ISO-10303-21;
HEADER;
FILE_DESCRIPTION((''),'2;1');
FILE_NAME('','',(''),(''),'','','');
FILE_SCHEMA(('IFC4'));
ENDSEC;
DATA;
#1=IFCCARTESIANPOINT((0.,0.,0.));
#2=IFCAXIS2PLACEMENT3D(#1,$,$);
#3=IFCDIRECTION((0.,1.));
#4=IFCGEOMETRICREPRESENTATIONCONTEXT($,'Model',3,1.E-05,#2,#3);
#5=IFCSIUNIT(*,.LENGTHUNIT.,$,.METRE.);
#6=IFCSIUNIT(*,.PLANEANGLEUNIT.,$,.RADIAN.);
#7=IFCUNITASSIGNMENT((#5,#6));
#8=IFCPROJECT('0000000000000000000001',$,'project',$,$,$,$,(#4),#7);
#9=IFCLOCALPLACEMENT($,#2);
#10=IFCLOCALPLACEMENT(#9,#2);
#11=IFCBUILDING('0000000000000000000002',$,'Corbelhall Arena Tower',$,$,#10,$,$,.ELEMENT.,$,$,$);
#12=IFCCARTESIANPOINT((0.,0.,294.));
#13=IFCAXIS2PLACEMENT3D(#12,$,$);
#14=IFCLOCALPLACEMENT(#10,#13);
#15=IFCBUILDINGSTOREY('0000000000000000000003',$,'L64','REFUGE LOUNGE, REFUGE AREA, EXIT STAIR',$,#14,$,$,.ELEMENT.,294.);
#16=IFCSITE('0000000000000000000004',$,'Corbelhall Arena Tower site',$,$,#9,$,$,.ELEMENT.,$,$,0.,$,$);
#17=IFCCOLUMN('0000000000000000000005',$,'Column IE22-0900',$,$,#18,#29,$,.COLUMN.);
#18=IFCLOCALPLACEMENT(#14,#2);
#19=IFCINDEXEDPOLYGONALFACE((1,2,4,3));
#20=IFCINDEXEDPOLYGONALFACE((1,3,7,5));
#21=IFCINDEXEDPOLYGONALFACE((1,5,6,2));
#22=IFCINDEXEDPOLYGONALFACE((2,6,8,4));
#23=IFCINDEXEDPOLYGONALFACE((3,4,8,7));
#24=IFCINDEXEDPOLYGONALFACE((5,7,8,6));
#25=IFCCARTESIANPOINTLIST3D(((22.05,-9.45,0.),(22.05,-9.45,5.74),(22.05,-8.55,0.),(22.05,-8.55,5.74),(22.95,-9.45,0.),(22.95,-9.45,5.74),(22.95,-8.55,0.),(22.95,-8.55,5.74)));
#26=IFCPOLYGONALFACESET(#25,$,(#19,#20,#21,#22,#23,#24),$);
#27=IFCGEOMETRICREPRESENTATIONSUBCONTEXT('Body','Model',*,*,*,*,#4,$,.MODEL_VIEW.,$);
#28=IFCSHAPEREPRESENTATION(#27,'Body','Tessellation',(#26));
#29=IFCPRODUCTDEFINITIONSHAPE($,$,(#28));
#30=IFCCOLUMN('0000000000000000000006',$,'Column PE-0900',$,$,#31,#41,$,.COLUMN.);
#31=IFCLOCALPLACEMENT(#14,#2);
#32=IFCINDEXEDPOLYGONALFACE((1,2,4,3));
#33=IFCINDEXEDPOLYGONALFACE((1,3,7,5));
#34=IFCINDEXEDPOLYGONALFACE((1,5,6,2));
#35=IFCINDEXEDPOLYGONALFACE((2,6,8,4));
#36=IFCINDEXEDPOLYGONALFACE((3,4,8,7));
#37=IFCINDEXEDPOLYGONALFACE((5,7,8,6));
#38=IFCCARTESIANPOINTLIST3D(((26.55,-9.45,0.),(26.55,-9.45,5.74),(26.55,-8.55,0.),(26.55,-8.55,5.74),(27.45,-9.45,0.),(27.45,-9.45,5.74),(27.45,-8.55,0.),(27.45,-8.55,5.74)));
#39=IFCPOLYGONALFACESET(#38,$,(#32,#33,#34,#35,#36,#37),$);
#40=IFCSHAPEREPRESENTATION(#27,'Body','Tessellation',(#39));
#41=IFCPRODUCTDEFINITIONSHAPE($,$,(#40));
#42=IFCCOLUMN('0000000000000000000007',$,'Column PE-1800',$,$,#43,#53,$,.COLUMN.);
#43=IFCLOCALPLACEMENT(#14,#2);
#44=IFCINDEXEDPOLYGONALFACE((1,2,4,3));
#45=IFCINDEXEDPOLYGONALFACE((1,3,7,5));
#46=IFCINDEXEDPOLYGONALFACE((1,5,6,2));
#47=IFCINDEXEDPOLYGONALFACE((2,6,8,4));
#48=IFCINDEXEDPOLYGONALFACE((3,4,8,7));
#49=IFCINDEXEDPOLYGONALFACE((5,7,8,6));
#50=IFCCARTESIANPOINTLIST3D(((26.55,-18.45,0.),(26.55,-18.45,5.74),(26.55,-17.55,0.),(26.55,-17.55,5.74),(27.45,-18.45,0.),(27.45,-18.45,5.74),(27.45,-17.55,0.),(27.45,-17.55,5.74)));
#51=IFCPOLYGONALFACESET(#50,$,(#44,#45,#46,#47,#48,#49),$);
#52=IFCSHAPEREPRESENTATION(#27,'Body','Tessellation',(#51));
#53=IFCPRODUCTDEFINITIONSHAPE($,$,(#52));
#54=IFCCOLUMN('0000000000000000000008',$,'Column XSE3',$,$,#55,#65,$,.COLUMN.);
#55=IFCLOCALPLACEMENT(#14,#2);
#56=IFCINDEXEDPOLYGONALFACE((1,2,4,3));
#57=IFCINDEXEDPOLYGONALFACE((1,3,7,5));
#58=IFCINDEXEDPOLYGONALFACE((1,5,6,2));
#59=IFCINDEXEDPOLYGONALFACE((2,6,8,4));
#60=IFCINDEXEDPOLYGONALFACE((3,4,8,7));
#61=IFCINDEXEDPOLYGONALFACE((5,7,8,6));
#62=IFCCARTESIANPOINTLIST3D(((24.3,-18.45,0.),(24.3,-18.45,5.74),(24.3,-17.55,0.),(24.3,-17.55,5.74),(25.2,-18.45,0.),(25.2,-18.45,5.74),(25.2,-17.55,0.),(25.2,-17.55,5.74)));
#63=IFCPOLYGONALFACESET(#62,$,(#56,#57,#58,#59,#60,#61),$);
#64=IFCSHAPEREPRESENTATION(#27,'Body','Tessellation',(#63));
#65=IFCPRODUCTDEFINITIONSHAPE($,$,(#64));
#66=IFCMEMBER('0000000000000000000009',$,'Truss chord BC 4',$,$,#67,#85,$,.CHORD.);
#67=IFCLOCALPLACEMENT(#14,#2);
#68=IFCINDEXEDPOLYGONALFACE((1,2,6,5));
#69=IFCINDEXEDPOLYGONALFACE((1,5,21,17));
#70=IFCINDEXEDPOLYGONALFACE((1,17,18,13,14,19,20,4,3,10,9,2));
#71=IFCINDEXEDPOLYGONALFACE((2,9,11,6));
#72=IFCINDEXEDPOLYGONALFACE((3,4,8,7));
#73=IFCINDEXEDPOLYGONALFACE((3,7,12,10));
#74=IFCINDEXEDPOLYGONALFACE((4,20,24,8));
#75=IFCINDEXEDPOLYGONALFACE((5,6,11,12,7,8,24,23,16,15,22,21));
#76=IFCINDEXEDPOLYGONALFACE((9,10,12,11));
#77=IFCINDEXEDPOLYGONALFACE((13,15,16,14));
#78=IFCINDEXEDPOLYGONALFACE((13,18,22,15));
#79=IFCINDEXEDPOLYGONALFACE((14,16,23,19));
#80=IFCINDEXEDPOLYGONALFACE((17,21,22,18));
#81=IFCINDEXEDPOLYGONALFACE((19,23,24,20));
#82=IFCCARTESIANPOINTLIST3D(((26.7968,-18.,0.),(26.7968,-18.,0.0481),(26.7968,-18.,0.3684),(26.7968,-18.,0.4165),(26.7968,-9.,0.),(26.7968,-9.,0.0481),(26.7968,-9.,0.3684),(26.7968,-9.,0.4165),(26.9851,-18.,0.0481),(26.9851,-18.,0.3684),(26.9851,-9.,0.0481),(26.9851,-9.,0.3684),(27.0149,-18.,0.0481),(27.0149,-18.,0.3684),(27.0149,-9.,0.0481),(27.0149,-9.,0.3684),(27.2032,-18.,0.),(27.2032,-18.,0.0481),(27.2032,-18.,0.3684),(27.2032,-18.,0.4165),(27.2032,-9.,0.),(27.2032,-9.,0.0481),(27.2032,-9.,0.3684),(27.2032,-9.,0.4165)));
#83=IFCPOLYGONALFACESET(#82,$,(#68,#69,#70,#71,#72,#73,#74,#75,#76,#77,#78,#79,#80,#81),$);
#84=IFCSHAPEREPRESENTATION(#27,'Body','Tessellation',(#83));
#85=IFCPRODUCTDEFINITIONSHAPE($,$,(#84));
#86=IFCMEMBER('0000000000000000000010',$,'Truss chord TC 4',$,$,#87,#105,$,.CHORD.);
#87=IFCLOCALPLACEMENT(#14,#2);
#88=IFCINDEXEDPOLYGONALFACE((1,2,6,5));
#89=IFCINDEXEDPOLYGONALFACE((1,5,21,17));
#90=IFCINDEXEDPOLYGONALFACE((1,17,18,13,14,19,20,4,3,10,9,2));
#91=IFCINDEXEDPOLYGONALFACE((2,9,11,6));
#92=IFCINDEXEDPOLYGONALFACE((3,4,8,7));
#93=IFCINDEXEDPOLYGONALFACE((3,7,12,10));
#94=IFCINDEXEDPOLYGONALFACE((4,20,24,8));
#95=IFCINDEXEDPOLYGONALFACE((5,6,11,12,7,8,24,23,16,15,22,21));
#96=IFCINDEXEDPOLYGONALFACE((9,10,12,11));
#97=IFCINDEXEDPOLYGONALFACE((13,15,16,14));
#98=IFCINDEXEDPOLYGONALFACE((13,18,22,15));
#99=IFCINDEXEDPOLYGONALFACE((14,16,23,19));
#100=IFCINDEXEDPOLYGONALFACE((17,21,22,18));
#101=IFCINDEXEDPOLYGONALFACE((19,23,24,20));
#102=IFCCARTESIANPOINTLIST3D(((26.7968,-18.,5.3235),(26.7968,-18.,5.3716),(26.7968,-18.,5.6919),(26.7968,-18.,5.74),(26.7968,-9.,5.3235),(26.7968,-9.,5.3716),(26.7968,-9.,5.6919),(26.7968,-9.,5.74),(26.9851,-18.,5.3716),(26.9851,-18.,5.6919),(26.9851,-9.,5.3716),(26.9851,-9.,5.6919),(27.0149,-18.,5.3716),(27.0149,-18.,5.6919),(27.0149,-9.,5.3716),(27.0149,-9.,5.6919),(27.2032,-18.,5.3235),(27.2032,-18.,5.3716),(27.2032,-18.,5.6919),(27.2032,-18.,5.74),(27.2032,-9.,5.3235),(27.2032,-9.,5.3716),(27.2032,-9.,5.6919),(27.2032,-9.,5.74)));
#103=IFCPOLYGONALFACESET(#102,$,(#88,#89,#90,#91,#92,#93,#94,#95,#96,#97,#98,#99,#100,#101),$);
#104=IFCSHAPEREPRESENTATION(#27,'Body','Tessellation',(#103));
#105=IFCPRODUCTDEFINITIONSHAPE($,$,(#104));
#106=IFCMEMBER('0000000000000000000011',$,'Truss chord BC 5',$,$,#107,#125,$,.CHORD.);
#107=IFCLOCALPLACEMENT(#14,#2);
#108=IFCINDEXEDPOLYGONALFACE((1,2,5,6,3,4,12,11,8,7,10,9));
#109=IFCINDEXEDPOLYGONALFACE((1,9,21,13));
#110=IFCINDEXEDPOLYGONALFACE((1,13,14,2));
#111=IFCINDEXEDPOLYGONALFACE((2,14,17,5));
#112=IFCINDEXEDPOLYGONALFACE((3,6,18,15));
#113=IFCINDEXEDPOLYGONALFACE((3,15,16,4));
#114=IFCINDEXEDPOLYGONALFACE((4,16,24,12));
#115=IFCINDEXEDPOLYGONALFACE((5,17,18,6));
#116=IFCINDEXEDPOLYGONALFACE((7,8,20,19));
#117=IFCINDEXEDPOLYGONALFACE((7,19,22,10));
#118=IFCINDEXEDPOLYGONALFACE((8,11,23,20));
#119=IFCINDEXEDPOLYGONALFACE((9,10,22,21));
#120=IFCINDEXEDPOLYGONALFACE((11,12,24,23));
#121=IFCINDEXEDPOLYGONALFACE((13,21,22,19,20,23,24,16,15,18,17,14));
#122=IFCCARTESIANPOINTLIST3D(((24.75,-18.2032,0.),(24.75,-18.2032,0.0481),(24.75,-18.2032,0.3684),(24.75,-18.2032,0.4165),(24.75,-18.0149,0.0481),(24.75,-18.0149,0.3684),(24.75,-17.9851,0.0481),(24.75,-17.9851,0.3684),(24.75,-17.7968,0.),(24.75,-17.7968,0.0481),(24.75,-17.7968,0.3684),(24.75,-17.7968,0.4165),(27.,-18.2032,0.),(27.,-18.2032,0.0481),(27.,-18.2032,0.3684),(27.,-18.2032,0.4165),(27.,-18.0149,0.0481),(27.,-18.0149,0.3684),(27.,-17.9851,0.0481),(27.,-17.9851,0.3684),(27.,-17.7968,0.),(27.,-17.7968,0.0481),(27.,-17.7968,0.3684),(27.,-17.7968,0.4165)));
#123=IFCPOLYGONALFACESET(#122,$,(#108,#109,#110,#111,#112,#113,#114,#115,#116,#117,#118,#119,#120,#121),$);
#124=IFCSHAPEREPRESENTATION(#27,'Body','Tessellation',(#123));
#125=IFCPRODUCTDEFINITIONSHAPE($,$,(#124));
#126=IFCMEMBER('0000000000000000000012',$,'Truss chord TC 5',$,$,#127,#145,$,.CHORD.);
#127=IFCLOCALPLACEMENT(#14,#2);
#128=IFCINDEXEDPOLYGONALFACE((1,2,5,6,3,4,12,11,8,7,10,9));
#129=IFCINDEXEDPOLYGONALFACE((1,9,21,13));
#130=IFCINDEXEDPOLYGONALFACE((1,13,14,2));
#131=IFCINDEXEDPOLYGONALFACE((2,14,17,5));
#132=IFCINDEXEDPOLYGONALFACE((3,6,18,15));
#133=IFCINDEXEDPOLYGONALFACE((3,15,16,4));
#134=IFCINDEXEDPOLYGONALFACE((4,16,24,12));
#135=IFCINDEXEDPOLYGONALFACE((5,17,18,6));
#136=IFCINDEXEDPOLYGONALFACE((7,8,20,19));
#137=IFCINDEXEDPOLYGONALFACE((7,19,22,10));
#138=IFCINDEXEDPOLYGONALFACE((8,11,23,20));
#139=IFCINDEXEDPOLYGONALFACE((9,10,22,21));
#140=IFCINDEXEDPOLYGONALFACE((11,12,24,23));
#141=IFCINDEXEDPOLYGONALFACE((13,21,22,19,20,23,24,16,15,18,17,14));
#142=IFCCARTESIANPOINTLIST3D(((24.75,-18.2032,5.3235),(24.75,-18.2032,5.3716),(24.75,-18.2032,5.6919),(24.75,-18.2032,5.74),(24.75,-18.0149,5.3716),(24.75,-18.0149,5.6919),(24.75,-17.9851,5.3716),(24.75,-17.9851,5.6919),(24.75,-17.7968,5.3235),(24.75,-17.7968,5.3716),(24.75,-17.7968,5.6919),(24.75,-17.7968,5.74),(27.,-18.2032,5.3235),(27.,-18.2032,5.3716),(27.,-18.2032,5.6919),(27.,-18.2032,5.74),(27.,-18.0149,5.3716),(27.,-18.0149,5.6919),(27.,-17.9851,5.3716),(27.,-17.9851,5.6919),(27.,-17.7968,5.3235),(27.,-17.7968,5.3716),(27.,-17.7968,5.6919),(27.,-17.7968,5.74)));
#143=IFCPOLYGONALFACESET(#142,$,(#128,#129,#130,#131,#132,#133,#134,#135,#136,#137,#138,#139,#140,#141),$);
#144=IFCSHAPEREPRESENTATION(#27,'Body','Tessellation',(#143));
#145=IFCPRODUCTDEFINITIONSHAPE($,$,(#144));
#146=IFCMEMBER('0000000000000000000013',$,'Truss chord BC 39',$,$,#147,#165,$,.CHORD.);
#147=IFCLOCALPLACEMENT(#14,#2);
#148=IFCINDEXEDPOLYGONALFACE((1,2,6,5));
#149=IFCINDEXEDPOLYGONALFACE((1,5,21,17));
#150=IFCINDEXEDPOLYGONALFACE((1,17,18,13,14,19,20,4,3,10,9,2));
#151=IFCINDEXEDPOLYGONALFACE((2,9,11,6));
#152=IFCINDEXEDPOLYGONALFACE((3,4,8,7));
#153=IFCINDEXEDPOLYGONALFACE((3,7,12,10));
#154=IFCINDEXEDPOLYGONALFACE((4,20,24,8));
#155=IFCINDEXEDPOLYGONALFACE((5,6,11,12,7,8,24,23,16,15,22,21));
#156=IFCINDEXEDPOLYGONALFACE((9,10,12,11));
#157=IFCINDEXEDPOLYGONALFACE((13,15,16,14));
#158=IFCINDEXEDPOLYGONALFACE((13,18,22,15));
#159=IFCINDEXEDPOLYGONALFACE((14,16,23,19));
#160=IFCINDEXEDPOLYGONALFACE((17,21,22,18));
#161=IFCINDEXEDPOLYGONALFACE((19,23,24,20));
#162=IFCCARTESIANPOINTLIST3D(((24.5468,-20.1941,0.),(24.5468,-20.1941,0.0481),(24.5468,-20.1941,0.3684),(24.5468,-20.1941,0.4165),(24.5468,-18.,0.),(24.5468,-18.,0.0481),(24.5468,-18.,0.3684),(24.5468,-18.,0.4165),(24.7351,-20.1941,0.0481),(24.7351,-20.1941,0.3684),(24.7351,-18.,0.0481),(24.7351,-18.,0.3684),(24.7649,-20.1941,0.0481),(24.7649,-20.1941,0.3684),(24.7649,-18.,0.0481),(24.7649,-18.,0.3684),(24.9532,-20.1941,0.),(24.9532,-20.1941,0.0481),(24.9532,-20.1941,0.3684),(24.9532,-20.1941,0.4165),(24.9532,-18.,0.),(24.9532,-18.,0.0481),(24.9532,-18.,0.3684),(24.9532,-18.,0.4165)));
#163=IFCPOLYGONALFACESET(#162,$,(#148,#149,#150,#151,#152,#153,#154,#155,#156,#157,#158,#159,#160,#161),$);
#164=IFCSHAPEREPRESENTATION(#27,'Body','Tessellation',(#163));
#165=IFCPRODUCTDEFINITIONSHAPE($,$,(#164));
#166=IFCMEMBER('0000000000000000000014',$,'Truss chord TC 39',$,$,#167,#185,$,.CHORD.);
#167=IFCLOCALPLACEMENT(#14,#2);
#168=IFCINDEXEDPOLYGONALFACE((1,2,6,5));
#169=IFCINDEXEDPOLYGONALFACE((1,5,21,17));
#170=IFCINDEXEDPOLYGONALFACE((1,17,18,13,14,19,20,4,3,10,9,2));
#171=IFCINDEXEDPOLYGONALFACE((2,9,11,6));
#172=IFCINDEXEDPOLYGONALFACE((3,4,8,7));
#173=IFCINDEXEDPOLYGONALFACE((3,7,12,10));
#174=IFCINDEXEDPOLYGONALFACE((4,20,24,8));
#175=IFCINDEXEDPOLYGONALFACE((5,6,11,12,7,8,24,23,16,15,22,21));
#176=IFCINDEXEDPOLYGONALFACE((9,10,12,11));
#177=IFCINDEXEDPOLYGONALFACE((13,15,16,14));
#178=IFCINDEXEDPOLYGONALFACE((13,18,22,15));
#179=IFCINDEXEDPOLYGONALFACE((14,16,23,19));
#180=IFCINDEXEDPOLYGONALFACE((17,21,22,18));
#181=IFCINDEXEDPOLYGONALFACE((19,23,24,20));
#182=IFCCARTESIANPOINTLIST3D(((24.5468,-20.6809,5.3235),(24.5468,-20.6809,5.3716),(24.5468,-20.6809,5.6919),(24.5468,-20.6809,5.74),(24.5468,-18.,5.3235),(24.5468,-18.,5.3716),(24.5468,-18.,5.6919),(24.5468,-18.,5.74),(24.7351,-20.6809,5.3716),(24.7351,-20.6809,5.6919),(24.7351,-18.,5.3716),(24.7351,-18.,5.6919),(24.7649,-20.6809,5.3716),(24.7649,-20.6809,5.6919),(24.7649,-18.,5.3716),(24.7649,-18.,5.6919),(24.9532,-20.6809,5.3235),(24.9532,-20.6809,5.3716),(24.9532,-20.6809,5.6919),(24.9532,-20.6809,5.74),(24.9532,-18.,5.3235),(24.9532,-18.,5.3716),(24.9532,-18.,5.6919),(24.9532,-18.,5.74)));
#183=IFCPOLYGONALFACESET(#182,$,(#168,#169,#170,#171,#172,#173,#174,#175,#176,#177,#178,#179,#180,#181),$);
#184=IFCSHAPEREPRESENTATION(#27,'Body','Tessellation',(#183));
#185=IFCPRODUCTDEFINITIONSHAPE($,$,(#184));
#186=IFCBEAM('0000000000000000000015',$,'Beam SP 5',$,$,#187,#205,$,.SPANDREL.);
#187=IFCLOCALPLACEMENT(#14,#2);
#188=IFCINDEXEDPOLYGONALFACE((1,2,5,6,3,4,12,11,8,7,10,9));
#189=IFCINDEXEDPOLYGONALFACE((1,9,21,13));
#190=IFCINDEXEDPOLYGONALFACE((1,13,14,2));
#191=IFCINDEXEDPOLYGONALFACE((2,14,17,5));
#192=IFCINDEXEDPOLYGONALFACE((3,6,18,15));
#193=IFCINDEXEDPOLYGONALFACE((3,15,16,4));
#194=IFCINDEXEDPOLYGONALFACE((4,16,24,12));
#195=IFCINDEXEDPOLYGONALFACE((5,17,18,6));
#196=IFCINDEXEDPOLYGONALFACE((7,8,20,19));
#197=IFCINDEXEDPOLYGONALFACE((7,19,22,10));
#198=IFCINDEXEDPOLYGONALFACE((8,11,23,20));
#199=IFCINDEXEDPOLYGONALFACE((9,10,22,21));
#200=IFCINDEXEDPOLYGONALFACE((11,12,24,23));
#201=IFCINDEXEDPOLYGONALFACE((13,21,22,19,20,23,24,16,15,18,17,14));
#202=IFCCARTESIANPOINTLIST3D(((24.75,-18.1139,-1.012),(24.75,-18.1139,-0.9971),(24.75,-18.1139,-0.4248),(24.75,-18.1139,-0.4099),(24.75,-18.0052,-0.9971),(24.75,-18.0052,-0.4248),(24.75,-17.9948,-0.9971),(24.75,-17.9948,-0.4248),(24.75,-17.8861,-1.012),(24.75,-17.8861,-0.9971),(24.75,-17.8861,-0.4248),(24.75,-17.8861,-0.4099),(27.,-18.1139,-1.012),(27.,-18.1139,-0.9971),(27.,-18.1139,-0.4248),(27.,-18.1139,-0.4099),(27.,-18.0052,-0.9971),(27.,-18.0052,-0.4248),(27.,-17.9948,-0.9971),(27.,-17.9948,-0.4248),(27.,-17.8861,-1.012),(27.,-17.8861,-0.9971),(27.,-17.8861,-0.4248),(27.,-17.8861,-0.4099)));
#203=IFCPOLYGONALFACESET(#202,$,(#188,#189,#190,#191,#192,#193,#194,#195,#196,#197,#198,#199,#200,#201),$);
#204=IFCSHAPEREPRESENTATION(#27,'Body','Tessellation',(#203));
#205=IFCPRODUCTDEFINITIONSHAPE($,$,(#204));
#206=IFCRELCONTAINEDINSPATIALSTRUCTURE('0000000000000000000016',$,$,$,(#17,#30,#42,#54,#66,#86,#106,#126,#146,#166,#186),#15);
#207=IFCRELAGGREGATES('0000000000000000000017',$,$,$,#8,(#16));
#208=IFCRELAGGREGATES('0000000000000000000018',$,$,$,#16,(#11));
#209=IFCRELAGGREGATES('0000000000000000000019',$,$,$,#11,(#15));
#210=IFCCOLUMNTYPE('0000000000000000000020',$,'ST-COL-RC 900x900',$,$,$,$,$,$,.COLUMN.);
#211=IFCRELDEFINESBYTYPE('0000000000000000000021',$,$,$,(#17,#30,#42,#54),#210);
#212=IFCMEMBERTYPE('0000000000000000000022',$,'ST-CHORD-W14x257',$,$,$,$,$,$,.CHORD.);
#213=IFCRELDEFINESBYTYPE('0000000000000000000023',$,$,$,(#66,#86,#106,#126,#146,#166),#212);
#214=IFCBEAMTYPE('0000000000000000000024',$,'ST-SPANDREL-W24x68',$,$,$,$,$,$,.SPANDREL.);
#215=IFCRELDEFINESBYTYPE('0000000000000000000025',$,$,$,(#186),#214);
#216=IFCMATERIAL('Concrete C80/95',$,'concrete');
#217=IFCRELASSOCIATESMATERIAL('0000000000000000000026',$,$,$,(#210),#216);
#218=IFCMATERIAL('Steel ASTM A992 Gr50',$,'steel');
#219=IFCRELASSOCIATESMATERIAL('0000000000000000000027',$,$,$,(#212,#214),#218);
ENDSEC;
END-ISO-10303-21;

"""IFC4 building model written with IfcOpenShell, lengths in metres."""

from ifc_helpers import new_model, si_unit, direction, frame, origin, origin_2d, place, context, subcontext, project, spatial, rectangle, i_section, extrude, material, material_profile, profile_set, type_object, element, save


model = new_model("IFC4")

# Units and contexts
model_context = context("Model", 3, precision=1e-05, world=origin(), true_north=direction((0.0, 1.0)))
body_context = subcontext(model_context, "Body", "Model", "MODEL_VIEW")
ifc_project = project(units=[si_unit("LENGTHUNIT", "METRE"), si_unit("PLANEANGLEUNIT", "RADIAN")], contexts=[model_context])

# Site, building, storey
site_placement = place(None, origin())
site = spatial("IfcSite", under=ifc_project, at=site_placement, Name="Corbelhall Arena Tower site", CompositionType="ELEMENT", RefElevation=0.0)
building_placement = place(site_placement, origin())
building = spatial("IfcBuilding", under=site, at=building_placement, Name="Corbelhall Arena Tower", CompositionType="ELEMENT")
storey_placement = place(building_placement, frame((0.0, 0.0, 294.0)))
storey = spatial("IfcBuildingStorey", under=building, at=storey_placement, Name="L64", Description="REFUGE LOUNGE, REFUGE AREA, EXIT STAIR", CompositionType="ELEMENT", Elevation=294.0)

# Columns
ifc_material_1 = material(Name="Concrete C80/95", Category="concrete")
ifc_material_profile_1 = material_profile(ifc_material_1, rectangle(XDim=0.8999, YDim=0.8999, at=origin_2d()))
ifc_profile_set_1 = profile_set([ifc_material_profile_1], Name="Concrete C80/95")
column_type = type_object("IfcColumnType", Name="ST-COL-RC 900x900", PredefinedType="COLUMN", material=ifc_profile_set_1)
for number, where, z_axis, x_axis, name in (
    (1, (22.5, -9.0, 0.0), (0.0, 0.0, 1.0), (1.0, 0.0, 0.0), "Column IE22-0900"),
    (2, (27.0, -9.0, 0.0), (0.0, 0.0, 1.0), (0.0, 1.0, 0.0), "Column PE-0900"),
    (3, (27.0, -18.0, 0.0), (0.0, 0.0, 1.0), (0.0, 1.0, 0.0), "Column PE-1800"),
    (4, (24.75, -18.0, 0.0), (0.0, 0.0, 1.0), (1.0, 0.0, 0.0), "Column XSE3"),
):
    element("IfcColumn", number, at=place(storey_placement, frame(where, z_axis=z_axis, x_axis=x_axis)), inside=storey, type_object=column_type, Name=name, PredefinedType="COLUMN", context=body_context, shape_type="SweptSolid", body=[
        extrude(rectangle(XDim=0.8999, YDim=0.8999, at=origin_2d()), origin(), (0.0, 0.0, 1.0), 5.74),
    ])

# Members
ifc_material_2 = material(Name="Steel ASTM A992 Gr50", Category="steel")
ifc_material_profile_2 = material_profile(ifc_material_2, i_section(OverallWidth=0.4065, OverallDepth=0.4165, WebThickness=0.0298, FlangeThickness=0.0481, at=origin_2d()))
ifc_profile_set_2 = profile_set([ifc_material_profile_2], Name="Steel ASTM A992 Gr50")
member_type_1 = type_object("IfcMemberType", Name="ST-CHORD-W14x257", PredefinedType="CHORD", material=ifc_profile_set_2)
for number, where, z_axis, x_axis, name in (
    (5, (27.0, -9.0, 0.2083), (0.0, -1.0, 0.0), (1.0, 0.0, 0.0), "Truss chord BC 4"),
    (6, (27.0, -9.0, 5.5317), (0.0, -1.0, 0.0), (1.0, 0.0, 0.0), "Truss chord TC 4"),
):
    element("IfcMember", number, at=place(storey_placement, frame(where, z_axis=z_axis, x_axis=x_axis)), inside=storey, type_object=member_type_1, Name=name, PredefinedType="CHORD", context=body_context, shape_type="SweptSolid", body=[
        extrude(i_section(OverallWidth=0.4065, OverallDepth=0.4165, WebThickness=0.0298, FlangeThickness=0.0481, at=origin_2d()), origin(), (0.0, 0.0, 1.0), 9.0),
    ])
for number, where, z_axis, x_axis, name in (
    (7, (27.0, -18.0, 0.2083), (-1.0, 0.0, 0.0), (0.0, -1.0, 0.0), "Truss chord BC 5"),
    (8, (27.0, -18.0, 5.5317), (-1.0, 0.0, 0.0), (0.0, -1.0, 0.0), "Truss chord TC 5"),
):
    element("IfcMember", number, at=place(storey_placement, frame(where, z_axis=z_axis, x_axis=x_axis)), inside=storey, type_object=member_type_1, Name=name, PredefinedType="CHORD", context=body_context, shape_type="SweptSolid", body=[
        extrude(i_section(OverallWidth=0.4065, OverallDepth=0.4165, WebThickness=0.0298, FlangeThickness=0.0481, at=origin_2d()), origin(), (0.0, 0.0, 1.0), 2.25),
    ])
member_1_placement = place(storey_placement, frame((24.75, -18.0, 0.2083), z_axis=(0.0, -1.0, 0.0), x_axis=(1.0, 0.0, 0.0)))
element("IfcMember", 9, at=member_1_placement, inside=storey, type_object=member_type_1, Name="Truss chord BC 39", PredefinedType="CHORD", context=body_context, shape_type="SweptSolid", body=[
    extrude(i_section(OverallWidth=0.4065, OverallDepth=0.4165, WebThickness=0.0298, FlangeThickness=0.0481, at=origin_2d()), origin(), (0.0, 0.0, 1.0), 2.1941),
])
member_2_placement = place(storey_placement, frame((24.75, -18.0, 5.5317), z_axis=(0.0, -1.0, 0.0), x_axis=(1.0, 0.0, 0.0)))
element("IfcMember", 10, at=member_2_placement, inside=storey, type_object=member_type_1, Name="Truss chord TC 39", PredefinedType="CHORD", context=body_context, shape_type="SweptSolid", body=[
    extrude(i_section(OverallWidth=0.4065, OverallDepth=0.4165, WebThickness=0.0298, FlangeThickness=0.0481, at=origin_2d()), origin(), (0.0, 0.0, 1.0), 2.6809),
])

# Beam
ifc_material_profile_3 = material_profile(ifc_material_2, i_section(OverallWidth=0.2278, OverallDepth=0.6021, WebThickness=0.0105, FlangeThickness=0.0149, at=origin_2d()))
ifc_profile_set_3 = profile_set([ifc_material_profile_3], Name="Steel ASTM A992 Gr50")
beam_type_1 = type_object("IfcBeamType", Name="ST-SPANDREL-W24x68", PredefinedType="SPANDREL", material=ifc_profile_set_3)
beam_1_placement = place(storey_placement, frame((27.0, -18.0, -0.7109), z_axis=(-1.0, 0.0, 0.0), x_axis=(0.0, -1.0, 0.0)))
element("IfcBeam", 11, at=beam_1_placement, inside=storey, type_object=beam_type_1, Name="Beam SP 5", PredefinedType="SPANDREL", context=body_context, shape_type="SweptSolid", body=[
    extrude(i_section(OverallWidth=0.2278, OverallDepth=0.6021, WebThickness=0.0105, FlangeThickness=0.0149, at=origin_2d()), origin(), (0.0, 0.0, 1.0), 2.25),
])

save(model, "model.ifc")
